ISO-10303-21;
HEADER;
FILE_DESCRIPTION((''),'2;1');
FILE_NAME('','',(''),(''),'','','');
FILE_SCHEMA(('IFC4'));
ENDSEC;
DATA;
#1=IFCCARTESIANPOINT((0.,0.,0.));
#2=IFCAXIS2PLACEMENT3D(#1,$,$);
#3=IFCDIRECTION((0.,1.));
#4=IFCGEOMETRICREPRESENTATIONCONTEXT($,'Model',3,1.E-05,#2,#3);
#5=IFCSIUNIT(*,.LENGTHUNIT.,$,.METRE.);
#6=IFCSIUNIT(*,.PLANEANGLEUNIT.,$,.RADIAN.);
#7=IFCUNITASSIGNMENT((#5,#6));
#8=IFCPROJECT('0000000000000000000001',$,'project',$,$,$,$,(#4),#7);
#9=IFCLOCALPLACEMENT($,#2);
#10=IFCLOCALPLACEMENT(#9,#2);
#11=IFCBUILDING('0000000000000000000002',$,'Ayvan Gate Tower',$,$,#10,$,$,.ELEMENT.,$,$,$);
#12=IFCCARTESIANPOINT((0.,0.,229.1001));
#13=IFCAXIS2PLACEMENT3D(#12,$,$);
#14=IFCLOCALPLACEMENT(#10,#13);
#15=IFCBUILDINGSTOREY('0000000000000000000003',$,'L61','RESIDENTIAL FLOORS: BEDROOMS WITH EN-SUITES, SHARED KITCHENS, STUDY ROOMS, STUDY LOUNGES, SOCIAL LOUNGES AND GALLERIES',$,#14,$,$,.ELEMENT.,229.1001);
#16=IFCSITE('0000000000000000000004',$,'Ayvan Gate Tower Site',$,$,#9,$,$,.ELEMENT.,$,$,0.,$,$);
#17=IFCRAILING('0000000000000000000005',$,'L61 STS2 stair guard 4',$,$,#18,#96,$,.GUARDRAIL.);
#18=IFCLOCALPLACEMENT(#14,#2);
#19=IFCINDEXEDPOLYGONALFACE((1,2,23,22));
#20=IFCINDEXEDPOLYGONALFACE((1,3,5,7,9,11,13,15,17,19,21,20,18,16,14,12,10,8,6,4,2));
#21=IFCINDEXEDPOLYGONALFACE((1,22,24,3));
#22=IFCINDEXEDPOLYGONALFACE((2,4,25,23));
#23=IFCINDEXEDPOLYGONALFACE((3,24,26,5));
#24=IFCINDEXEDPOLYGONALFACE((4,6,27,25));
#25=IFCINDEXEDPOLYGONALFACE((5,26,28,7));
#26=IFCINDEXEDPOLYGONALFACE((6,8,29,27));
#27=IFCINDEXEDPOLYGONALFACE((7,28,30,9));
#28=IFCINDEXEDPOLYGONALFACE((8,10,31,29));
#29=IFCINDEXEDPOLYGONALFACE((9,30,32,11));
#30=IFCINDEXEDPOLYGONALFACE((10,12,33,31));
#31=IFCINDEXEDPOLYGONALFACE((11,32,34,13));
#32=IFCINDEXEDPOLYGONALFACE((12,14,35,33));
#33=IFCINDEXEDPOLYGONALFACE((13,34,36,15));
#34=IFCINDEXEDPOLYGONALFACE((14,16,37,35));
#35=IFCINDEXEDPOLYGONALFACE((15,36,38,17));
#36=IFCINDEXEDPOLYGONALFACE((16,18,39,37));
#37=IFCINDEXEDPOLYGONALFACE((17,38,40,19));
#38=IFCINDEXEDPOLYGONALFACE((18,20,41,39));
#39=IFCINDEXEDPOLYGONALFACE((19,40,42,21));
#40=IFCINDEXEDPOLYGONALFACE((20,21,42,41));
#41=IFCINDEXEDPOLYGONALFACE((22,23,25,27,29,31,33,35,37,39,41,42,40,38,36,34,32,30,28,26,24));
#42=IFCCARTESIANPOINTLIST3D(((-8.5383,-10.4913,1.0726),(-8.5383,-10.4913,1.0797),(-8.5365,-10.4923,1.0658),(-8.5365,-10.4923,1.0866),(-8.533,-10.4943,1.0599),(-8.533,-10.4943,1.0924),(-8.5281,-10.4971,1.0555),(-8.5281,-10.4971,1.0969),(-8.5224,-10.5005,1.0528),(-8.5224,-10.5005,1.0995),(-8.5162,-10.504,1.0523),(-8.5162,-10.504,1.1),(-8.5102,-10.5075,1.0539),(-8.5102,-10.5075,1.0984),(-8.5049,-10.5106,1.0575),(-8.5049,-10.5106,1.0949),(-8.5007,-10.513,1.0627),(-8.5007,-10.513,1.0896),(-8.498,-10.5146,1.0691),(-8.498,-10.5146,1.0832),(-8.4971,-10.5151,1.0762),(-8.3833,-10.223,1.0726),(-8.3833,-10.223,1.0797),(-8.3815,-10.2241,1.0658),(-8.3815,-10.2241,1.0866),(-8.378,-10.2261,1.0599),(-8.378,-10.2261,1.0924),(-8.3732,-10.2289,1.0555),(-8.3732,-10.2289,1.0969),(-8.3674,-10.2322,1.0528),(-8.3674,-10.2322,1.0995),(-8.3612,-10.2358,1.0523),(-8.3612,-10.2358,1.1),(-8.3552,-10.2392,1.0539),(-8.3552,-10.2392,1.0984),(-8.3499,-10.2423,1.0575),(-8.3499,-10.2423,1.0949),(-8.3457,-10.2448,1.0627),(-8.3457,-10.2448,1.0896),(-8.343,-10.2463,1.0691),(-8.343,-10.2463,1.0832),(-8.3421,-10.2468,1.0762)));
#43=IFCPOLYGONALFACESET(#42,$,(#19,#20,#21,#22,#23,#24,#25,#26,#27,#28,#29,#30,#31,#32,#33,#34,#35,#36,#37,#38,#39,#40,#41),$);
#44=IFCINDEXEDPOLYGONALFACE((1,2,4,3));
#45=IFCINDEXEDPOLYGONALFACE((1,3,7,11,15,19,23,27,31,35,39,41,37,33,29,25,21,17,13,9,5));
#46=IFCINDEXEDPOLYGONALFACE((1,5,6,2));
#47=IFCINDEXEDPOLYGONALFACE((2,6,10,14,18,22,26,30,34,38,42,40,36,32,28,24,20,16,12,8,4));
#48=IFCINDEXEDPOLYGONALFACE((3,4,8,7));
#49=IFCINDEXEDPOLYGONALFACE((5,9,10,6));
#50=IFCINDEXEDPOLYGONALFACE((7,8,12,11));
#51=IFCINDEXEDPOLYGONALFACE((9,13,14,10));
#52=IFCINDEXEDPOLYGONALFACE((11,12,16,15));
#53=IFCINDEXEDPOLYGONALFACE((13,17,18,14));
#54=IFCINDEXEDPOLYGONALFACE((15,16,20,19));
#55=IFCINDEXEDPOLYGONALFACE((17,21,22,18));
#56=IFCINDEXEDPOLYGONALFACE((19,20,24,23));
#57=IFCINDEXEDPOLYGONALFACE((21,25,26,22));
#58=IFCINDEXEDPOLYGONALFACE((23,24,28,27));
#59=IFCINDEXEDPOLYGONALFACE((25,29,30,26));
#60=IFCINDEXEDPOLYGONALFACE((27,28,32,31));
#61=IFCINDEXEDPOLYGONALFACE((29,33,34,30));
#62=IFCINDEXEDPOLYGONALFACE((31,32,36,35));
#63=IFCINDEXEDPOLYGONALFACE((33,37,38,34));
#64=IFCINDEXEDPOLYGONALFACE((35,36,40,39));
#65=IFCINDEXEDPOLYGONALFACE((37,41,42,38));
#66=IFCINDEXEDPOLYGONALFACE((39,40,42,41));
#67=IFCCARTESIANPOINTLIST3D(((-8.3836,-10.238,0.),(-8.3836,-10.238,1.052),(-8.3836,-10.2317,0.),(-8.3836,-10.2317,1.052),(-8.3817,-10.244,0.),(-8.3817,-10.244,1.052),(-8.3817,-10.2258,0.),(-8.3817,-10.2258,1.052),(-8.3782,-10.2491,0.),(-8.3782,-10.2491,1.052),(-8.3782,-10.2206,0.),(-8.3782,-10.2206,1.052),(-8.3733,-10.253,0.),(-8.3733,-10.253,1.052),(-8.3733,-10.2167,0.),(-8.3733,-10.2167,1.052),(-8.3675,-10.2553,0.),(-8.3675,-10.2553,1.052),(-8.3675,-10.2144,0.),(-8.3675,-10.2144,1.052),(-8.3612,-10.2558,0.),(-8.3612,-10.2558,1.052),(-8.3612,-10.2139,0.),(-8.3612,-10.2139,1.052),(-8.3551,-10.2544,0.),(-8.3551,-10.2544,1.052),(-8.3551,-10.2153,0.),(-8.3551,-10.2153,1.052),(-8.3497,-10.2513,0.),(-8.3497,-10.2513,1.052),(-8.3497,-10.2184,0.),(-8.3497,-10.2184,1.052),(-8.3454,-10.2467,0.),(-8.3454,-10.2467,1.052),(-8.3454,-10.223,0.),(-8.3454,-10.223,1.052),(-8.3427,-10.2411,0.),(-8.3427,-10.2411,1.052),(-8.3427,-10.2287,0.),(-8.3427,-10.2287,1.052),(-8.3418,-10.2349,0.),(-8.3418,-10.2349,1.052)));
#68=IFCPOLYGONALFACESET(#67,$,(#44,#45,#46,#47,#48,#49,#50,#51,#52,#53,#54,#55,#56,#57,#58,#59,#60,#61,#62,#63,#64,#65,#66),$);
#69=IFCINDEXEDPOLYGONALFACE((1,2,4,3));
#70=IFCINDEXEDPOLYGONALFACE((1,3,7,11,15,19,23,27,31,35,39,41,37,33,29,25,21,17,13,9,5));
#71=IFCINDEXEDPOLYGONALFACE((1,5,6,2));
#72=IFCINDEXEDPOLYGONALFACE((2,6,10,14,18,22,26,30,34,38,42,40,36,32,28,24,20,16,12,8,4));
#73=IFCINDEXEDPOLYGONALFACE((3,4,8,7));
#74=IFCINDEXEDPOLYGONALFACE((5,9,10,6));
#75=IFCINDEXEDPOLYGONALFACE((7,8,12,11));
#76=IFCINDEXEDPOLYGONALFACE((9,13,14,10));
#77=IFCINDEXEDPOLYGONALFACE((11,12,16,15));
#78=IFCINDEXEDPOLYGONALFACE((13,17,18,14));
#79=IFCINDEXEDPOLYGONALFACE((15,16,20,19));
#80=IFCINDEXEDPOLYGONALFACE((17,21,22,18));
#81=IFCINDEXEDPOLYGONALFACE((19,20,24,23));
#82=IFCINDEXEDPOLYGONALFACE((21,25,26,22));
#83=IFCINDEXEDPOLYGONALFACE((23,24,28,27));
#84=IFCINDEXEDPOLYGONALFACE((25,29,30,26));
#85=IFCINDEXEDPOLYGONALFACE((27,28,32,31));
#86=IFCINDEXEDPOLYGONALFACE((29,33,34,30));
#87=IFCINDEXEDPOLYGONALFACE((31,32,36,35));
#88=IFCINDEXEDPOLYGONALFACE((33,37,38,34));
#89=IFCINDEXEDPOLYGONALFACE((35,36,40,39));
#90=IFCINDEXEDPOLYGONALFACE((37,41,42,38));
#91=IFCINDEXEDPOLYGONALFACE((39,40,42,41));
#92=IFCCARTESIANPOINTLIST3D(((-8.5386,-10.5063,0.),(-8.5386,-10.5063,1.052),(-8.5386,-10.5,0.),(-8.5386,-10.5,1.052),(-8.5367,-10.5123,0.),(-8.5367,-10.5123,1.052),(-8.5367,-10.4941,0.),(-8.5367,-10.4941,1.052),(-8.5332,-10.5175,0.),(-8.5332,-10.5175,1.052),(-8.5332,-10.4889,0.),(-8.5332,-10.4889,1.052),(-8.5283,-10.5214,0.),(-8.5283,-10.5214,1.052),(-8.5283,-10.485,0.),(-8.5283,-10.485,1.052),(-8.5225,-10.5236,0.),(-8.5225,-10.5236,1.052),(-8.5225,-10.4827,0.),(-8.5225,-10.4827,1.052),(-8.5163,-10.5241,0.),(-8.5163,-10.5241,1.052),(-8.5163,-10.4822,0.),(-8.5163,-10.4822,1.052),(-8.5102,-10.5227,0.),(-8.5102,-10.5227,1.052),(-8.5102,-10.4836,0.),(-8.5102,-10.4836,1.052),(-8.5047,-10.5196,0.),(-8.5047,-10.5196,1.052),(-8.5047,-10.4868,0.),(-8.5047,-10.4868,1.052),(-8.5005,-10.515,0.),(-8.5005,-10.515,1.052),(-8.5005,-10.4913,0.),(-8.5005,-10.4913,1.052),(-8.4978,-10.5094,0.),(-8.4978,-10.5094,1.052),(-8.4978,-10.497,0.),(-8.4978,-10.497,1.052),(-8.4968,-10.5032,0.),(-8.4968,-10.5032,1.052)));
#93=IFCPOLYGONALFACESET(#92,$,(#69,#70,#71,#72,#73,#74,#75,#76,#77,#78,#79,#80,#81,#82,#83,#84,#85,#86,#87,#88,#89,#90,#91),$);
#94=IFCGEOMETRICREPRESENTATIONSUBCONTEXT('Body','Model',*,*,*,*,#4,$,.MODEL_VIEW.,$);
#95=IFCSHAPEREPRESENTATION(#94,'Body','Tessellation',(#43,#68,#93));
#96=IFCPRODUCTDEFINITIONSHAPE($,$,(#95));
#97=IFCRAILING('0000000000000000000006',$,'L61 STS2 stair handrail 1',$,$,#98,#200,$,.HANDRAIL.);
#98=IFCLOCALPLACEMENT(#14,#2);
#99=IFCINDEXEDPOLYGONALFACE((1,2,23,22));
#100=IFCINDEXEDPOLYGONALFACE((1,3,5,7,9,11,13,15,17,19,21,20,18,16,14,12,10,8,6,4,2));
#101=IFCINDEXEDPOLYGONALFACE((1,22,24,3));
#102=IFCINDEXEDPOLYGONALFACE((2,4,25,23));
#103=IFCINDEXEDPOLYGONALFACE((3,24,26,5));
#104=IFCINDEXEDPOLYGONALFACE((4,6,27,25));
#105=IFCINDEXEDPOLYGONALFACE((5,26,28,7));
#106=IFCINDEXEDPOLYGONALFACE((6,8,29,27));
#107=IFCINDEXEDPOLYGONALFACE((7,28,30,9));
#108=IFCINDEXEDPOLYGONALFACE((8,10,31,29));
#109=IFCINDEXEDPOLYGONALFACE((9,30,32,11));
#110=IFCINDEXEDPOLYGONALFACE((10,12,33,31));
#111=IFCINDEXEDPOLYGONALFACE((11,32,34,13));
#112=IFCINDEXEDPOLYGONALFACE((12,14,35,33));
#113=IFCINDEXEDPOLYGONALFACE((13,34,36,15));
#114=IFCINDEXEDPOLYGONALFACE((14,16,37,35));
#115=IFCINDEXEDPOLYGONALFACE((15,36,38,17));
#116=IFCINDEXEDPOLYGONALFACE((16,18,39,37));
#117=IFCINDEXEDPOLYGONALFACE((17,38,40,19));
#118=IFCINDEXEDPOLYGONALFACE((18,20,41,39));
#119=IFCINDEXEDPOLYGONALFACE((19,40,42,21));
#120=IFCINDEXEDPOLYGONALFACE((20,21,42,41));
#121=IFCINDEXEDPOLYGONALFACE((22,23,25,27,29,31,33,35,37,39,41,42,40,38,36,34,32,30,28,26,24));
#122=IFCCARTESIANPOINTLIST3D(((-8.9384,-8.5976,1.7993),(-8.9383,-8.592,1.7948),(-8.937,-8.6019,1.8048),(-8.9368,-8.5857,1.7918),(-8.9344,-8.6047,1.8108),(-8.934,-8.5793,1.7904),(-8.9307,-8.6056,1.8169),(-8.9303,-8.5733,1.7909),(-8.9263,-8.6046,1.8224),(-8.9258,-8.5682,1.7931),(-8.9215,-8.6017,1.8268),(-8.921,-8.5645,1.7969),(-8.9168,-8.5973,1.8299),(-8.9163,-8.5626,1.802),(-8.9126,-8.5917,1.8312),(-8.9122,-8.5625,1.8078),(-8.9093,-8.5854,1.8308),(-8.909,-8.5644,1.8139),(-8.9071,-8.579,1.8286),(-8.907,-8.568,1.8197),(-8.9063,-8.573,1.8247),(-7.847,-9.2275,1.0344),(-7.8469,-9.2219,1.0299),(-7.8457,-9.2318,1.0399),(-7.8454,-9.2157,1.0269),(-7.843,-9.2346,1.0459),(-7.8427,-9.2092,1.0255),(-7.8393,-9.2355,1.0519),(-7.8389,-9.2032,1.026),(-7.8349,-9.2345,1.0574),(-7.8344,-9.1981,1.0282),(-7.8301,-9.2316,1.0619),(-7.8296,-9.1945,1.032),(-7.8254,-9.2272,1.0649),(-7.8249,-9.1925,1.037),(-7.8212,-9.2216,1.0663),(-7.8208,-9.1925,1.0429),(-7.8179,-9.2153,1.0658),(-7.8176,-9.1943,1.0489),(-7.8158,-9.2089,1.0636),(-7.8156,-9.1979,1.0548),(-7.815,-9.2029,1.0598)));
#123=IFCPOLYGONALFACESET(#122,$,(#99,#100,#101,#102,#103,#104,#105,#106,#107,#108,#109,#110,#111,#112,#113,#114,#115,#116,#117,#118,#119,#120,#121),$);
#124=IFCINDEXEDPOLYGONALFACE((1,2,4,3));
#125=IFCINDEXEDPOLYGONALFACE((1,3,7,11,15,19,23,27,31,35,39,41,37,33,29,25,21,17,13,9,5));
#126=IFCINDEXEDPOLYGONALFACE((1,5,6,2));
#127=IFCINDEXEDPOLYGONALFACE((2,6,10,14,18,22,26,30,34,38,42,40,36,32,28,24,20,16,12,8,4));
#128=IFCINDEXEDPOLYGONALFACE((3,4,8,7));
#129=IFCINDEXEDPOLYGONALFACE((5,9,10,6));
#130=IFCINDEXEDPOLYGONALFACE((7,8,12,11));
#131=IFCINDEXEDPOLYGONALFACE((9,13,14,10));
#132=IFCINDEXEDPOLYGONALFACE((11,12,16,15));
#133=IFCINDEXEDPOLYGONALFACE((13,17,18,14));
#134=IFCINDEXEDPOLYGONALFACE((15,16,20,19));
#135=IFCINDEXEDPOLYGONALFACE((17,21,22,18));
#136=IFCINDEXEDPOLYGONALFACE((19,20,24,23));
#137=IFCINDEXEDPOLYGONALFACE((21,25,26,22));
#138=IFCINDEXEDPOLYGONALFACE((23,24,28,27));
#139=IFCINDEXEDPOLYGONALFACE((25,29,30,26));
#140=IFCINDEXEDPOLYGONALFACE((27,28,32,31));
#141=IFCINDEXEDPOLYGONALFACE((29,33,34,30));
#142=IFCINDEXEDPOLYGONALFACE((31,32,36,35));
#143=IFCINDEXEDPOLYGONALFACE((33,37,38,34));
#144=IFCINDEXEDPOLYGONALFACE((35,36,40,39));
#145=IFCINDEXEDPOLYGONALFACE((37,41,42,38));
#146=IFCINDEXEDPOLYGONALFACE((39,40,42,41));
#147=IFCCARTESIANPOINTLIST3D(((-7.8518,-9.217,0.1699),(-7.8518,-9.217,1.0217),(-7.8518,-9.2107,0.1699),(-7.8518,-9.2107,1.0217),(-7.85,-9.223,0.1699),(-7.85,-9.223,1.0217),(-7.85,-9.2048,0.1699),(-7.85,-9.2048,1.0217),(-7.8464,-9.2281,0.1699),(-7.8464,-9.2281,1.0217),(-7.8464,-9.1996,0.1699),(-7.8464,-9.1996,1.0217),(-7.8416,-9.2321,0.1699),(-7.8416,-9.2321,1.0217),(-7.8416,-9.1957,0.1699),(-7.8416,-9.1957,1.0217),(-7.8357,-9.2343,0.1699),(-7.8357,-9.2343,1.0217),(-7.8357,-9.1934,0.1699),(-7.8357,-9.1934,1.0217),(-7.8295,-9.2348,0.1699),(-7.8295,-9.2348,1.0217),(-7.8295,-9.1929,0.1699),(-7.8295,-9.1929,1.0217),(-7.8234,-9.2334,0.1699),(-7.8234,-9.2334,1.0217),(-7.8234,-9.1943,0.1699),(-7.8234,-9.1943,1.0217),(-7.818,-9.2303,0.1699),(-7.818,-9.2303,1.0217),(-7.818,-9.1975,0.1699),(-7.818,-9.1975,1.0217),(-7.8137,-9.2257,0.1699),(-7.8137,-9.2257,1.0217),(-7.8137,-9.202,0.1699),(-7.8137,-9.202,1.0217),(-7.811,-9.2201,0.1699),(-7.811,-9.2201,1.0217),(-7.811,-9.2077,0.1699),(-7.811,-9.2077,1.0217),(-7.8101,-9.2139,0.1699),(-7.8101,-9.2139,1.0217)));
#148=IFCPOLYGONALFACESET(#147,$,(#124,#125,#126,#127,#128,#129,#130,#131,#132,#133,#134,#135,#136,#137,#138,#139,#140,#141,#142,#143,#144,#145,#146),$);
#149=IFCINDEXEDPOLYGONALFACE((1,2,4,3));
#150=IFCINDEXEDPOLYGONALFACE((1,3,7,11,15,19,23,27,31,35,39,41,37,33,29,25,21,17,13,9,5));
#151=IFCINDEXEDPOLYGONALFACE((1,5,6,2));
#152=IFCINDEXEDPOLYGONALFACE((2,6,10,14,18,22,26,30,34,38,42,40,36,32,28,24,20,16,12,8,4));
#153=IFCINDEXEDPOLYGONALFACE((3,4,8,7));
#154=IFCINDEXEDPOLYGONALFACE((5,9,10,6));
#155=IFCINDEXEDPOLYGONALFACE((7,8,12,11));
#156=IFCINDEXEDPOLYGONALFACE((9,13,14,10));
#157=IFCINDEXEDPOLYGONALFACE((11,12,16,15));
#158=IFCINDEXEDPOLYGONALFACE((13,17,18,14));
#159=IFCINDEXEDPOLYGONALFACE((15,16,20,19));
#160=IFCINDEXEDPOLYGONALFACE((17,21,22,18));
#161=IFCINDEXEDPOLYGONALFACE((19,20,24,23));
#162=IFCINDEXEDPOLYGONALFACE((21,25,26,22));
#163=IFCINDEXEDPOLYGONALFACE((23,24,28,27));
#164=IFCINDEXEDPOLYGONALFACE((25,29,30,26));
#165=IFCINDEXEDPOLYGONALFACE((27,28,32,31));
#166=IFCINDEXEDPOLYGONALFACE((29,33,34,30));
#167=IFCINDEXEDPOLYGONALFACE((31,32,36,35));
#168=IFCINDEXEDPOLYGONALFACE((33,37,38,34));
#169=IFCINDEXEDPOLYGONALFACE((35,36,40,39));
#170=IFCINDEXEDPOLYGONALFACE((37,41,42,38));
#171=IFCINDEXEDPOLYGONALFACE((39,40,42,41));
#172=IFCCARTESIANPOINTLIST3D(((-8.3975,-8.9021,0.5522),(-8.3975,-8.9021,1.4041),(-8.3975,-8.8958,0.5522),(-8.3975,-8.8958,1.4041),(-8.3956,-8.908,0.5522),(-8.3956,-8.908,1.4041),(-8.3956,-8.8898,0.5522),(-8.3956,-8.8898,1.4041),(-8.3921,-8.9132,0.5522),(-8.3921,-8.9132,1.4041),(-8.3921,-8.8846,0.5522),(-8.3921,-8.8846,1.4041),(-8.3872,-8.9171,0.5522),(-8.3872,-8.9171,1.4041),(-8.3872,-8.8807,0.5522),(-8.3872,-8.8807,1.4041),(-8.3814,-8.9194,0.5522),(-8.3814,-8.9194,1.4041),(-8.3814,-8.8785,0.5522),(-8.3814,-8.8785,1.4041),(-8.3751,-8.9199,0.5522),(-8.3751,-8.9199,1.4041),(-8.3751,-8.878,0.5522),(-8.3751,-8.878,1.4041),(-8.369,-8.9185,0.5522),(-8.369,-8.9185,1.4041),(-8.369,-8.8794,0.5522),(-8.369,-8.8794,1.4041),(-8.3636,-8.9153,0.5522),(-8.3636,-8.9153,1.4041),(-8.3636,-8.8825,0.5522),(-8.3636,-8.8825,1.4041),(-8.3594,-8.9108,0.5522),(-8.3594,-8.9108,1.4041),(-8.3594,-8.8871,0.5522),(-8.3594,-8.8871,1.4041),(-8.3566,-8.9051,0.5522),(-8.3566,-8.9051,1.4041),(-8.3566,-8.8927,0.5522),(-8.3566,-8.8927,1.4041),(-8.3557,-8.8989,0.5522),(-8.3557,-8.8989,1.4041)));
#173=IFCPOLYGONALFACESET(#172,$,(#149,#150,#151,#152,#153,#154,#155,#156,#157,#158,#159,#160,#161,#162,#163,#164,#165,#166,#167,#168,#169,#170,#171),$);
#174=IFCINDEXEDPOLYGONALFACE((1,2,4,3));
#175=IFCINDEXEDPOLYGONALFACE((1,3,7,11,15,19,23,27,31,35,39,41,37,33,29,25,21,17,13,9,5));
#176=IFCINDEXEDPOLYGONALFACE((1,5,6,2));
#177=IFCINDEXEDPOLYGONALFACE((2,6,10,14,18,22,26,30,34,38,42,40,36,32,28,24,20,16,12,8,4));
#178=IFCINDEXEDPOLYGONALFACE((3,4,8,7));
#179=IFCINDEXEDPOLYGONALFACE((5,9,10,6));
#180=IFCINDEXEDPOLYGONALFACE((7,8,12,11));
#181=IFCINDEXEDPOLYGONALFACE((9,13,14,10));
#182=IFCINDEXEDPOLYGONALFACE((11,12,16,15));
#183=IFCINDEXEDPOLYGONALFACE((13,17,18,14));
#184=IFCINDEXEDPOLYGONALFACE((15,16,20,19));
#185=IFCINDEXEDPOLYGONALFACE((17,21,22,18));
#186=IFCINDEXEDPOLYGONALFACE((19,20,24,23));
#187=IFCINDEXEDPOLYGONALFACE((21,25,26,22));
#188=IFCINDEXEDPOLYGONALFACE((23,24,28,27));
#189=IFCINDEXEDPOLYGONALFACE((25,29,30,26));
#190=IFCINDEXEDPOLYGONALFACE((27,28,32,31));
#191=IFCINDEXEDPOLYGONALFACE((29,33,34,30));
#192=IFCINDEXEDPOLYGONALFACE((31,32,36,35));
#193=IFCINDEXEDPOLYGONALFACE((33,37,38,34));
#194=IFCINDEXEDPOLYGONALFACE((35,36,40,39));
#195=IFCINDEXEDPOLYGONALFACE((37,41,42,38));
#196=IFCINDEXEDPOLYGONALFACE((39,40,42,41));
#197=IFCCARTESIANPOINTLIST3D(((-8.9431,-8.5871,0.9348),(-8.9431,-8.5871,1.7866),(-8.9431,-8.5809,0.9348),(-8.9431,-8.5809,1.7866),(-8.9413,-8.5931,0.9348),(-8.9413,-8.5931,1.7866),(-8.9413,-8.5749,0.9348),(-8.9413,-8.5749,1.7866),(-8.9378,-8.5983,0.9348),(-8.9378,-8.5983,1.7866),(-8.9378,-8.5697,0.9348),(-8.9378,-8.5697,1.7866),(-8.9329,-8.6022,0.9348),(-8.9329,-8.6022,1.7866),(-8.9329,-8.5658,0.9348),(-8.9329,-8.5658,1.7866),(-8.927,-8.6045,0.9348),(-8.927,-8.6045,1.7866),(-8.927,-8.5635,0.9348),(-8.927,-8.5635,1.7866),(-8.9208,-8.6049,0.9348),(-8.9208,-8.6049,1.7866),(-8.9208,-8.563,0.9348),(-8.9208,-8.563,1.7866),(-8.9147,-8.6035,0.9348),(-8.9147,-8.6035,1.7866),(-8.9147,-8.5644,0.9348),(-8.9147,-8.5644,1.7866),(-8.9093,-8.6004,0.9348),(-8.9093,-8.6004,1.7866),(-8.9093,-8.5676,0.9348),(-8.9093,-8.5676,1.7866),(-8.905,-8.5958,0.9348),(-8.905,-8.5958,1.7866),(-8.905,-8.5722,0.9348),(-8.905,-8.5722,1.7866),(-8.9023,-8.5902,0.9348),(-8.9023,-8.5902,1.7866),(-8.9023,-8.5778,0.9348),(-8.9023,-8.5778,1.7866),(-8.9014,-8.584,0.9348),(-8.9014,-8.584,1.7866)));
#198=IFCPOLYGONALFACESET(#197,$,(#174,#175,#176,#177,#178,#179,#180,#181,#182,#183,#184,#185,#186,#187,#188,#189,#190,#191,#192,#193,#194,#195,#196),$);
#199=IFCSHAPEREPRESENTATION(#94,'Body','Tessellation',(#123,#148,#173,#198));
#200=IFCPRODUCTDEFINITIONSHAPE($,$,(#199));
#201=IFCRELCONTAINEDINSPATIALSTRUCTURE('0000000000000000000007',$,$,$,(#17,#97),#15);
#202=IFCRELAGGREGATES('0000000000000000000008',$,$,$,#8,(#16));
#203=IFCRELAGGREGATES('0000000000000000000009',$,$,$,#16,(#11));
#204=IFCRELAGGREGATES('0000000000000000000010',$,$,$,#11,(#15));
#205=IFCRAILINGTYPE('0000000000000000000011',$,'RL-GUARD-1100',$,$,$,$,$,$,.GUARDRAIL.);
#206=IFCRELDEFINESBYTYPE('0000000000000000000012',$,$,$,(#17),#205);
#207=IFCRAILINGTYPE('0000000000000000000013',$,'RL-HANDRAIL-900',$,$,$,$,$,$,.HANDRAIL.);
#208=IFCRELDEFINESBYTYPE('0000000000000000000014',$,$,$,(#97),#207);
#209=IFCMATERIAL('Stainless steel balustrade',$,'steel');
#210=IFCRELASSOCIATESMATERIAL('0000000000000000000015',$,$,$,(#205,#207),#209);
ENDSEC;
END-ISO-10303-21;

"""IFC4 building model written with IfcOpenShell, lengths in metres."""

from ifc_helpers import new_model, si_unit, direction, frame, origin, origin_2d, place, context, subcontext, project, spatial, circle, extrude, material, type_object, element, save


model = new_model("IFC4")

# Units and contexts
model_context = context("Model", 3, precision=1e-05, world=origin(), true_north=direction((0.0, 1.0)))
body_context = subcontext(model_context, "Body", "Model", "MODEL_VIEW")
ifc_project = project(units=[si_unit("LENGTHUNIT", "METRE"), si_unit("PLANEANGLEUNIT", "RADIAN")], contexts=[model_context])

# Site, building, storey
site_placement = place(None, origin())
site = spatial("IfcSite", under=ifc_project, at=site_placement, Name="Ayvan Gate Tower Site", CompositionType="ELEMENT", RefElevation=0.0)
building_placement = place(site_placement, origin())
building = spatial("IfcBuilding", under=site, at=building_placement, Name="Ayvan Gate Tower", CompositionType="ELEMENT")
storey_placement = place(building_placement, frame((0.0, 0.0, 229.1001)))
storey = spatial("IfcBuildingStorey", under=building, at=storey_placement, Name="L61", Description="RESIDENTIAL FLOORS: BEDROOMS WITH EN-SUITES, SHARED KITCHENS, STUDY ROOMS, STUDY LOUNGES, SOCIAL LOUNGES AND GALLERIES", CompositionType="ELEMENT", Elevation=229.1001)

# Railings
ifc_material_1 = material(Name="Stainless steel balustrade", Category="steel")
railing_type_1 = type_object("IfcRailingType", Name="RL-GUARD-1100", PredefinedType="GUARDRAIL", material=ifc_material_1)
railing_1_placement = place(storey_placement, frame((-8.3628, -10.2349, 0.0)))
element("IfcRailing", 1, at=railing_1_placement, inside=storey, type_object=railing_type_1, Name="L61 STS2 stair guard 4", PredefinedType="GUARDRAIL", context=body_context, shape_type="SweptSolid", body=[
    extrude(circle(Radius=0.0239, at=origin_2d()), frame((0.0, 0.0, 1.0762), z_axis=(-0.500291, -0.865857, 0.0), x_axis=(0.865857, -0.500291, 0.0)), (0.0, 0.0, 1.0), 0.3098),
    extrude(circle(Radius=0.021, at=origin_2d()), origin(), (0.0, 0.0, 1.0), 1.052),
    extrude(circle(Radius=0.021, at=origin_2d()), frame((-0.155, -0.2683, 0.0)), (0.0, 0.0, 1.0), 1.052),
])
railing_type_2 = type_object("IfcRailingType", Name="RL-HANDRAIL-900", PredefinedType="HANDRAIL", material=ifc_material_1)
railing_2_placement = place(storey_placement, frame((-7.8311, -9.2139, 0.1699)))
element("IfcRailing", 2, at=railing_2_placement, inside=storey, type_object=railing_type_2, Name="L61 STS2 stair handrail 1", PredefinedType="HANDRAIL", context=body_context, shape_type="SweptSolid", body=[
    extrude(circle(Radius=0.0239, at=origin_2d()), frame((0.0, 0.0, 0.876), z_axis=(-0.740357, 0.42732, 0.518912), x_axis=(-0.49989, -0.866089, 0.0)), (0.0, 0.0, 1.0), 1.4741),
    extrude(circle(Radius=0.021, at=origin_2d()), origin(), (0.0, 0.0, 1.0), 0.8518),
    extrude(circle(Radius=0.021, at=origin_2d()), frame((-0.5457, 0.3149, 0.3823)), (0.0, 0.0, 1.0), 0.8518),
    extrude(circle(Radius=0.021, at=origin_2d()), frame((-1.0913, 0.6299, 0.7649)), (0.0, 0.0, 1.0), 0.8518),
])

save(model, "model.ifc")
